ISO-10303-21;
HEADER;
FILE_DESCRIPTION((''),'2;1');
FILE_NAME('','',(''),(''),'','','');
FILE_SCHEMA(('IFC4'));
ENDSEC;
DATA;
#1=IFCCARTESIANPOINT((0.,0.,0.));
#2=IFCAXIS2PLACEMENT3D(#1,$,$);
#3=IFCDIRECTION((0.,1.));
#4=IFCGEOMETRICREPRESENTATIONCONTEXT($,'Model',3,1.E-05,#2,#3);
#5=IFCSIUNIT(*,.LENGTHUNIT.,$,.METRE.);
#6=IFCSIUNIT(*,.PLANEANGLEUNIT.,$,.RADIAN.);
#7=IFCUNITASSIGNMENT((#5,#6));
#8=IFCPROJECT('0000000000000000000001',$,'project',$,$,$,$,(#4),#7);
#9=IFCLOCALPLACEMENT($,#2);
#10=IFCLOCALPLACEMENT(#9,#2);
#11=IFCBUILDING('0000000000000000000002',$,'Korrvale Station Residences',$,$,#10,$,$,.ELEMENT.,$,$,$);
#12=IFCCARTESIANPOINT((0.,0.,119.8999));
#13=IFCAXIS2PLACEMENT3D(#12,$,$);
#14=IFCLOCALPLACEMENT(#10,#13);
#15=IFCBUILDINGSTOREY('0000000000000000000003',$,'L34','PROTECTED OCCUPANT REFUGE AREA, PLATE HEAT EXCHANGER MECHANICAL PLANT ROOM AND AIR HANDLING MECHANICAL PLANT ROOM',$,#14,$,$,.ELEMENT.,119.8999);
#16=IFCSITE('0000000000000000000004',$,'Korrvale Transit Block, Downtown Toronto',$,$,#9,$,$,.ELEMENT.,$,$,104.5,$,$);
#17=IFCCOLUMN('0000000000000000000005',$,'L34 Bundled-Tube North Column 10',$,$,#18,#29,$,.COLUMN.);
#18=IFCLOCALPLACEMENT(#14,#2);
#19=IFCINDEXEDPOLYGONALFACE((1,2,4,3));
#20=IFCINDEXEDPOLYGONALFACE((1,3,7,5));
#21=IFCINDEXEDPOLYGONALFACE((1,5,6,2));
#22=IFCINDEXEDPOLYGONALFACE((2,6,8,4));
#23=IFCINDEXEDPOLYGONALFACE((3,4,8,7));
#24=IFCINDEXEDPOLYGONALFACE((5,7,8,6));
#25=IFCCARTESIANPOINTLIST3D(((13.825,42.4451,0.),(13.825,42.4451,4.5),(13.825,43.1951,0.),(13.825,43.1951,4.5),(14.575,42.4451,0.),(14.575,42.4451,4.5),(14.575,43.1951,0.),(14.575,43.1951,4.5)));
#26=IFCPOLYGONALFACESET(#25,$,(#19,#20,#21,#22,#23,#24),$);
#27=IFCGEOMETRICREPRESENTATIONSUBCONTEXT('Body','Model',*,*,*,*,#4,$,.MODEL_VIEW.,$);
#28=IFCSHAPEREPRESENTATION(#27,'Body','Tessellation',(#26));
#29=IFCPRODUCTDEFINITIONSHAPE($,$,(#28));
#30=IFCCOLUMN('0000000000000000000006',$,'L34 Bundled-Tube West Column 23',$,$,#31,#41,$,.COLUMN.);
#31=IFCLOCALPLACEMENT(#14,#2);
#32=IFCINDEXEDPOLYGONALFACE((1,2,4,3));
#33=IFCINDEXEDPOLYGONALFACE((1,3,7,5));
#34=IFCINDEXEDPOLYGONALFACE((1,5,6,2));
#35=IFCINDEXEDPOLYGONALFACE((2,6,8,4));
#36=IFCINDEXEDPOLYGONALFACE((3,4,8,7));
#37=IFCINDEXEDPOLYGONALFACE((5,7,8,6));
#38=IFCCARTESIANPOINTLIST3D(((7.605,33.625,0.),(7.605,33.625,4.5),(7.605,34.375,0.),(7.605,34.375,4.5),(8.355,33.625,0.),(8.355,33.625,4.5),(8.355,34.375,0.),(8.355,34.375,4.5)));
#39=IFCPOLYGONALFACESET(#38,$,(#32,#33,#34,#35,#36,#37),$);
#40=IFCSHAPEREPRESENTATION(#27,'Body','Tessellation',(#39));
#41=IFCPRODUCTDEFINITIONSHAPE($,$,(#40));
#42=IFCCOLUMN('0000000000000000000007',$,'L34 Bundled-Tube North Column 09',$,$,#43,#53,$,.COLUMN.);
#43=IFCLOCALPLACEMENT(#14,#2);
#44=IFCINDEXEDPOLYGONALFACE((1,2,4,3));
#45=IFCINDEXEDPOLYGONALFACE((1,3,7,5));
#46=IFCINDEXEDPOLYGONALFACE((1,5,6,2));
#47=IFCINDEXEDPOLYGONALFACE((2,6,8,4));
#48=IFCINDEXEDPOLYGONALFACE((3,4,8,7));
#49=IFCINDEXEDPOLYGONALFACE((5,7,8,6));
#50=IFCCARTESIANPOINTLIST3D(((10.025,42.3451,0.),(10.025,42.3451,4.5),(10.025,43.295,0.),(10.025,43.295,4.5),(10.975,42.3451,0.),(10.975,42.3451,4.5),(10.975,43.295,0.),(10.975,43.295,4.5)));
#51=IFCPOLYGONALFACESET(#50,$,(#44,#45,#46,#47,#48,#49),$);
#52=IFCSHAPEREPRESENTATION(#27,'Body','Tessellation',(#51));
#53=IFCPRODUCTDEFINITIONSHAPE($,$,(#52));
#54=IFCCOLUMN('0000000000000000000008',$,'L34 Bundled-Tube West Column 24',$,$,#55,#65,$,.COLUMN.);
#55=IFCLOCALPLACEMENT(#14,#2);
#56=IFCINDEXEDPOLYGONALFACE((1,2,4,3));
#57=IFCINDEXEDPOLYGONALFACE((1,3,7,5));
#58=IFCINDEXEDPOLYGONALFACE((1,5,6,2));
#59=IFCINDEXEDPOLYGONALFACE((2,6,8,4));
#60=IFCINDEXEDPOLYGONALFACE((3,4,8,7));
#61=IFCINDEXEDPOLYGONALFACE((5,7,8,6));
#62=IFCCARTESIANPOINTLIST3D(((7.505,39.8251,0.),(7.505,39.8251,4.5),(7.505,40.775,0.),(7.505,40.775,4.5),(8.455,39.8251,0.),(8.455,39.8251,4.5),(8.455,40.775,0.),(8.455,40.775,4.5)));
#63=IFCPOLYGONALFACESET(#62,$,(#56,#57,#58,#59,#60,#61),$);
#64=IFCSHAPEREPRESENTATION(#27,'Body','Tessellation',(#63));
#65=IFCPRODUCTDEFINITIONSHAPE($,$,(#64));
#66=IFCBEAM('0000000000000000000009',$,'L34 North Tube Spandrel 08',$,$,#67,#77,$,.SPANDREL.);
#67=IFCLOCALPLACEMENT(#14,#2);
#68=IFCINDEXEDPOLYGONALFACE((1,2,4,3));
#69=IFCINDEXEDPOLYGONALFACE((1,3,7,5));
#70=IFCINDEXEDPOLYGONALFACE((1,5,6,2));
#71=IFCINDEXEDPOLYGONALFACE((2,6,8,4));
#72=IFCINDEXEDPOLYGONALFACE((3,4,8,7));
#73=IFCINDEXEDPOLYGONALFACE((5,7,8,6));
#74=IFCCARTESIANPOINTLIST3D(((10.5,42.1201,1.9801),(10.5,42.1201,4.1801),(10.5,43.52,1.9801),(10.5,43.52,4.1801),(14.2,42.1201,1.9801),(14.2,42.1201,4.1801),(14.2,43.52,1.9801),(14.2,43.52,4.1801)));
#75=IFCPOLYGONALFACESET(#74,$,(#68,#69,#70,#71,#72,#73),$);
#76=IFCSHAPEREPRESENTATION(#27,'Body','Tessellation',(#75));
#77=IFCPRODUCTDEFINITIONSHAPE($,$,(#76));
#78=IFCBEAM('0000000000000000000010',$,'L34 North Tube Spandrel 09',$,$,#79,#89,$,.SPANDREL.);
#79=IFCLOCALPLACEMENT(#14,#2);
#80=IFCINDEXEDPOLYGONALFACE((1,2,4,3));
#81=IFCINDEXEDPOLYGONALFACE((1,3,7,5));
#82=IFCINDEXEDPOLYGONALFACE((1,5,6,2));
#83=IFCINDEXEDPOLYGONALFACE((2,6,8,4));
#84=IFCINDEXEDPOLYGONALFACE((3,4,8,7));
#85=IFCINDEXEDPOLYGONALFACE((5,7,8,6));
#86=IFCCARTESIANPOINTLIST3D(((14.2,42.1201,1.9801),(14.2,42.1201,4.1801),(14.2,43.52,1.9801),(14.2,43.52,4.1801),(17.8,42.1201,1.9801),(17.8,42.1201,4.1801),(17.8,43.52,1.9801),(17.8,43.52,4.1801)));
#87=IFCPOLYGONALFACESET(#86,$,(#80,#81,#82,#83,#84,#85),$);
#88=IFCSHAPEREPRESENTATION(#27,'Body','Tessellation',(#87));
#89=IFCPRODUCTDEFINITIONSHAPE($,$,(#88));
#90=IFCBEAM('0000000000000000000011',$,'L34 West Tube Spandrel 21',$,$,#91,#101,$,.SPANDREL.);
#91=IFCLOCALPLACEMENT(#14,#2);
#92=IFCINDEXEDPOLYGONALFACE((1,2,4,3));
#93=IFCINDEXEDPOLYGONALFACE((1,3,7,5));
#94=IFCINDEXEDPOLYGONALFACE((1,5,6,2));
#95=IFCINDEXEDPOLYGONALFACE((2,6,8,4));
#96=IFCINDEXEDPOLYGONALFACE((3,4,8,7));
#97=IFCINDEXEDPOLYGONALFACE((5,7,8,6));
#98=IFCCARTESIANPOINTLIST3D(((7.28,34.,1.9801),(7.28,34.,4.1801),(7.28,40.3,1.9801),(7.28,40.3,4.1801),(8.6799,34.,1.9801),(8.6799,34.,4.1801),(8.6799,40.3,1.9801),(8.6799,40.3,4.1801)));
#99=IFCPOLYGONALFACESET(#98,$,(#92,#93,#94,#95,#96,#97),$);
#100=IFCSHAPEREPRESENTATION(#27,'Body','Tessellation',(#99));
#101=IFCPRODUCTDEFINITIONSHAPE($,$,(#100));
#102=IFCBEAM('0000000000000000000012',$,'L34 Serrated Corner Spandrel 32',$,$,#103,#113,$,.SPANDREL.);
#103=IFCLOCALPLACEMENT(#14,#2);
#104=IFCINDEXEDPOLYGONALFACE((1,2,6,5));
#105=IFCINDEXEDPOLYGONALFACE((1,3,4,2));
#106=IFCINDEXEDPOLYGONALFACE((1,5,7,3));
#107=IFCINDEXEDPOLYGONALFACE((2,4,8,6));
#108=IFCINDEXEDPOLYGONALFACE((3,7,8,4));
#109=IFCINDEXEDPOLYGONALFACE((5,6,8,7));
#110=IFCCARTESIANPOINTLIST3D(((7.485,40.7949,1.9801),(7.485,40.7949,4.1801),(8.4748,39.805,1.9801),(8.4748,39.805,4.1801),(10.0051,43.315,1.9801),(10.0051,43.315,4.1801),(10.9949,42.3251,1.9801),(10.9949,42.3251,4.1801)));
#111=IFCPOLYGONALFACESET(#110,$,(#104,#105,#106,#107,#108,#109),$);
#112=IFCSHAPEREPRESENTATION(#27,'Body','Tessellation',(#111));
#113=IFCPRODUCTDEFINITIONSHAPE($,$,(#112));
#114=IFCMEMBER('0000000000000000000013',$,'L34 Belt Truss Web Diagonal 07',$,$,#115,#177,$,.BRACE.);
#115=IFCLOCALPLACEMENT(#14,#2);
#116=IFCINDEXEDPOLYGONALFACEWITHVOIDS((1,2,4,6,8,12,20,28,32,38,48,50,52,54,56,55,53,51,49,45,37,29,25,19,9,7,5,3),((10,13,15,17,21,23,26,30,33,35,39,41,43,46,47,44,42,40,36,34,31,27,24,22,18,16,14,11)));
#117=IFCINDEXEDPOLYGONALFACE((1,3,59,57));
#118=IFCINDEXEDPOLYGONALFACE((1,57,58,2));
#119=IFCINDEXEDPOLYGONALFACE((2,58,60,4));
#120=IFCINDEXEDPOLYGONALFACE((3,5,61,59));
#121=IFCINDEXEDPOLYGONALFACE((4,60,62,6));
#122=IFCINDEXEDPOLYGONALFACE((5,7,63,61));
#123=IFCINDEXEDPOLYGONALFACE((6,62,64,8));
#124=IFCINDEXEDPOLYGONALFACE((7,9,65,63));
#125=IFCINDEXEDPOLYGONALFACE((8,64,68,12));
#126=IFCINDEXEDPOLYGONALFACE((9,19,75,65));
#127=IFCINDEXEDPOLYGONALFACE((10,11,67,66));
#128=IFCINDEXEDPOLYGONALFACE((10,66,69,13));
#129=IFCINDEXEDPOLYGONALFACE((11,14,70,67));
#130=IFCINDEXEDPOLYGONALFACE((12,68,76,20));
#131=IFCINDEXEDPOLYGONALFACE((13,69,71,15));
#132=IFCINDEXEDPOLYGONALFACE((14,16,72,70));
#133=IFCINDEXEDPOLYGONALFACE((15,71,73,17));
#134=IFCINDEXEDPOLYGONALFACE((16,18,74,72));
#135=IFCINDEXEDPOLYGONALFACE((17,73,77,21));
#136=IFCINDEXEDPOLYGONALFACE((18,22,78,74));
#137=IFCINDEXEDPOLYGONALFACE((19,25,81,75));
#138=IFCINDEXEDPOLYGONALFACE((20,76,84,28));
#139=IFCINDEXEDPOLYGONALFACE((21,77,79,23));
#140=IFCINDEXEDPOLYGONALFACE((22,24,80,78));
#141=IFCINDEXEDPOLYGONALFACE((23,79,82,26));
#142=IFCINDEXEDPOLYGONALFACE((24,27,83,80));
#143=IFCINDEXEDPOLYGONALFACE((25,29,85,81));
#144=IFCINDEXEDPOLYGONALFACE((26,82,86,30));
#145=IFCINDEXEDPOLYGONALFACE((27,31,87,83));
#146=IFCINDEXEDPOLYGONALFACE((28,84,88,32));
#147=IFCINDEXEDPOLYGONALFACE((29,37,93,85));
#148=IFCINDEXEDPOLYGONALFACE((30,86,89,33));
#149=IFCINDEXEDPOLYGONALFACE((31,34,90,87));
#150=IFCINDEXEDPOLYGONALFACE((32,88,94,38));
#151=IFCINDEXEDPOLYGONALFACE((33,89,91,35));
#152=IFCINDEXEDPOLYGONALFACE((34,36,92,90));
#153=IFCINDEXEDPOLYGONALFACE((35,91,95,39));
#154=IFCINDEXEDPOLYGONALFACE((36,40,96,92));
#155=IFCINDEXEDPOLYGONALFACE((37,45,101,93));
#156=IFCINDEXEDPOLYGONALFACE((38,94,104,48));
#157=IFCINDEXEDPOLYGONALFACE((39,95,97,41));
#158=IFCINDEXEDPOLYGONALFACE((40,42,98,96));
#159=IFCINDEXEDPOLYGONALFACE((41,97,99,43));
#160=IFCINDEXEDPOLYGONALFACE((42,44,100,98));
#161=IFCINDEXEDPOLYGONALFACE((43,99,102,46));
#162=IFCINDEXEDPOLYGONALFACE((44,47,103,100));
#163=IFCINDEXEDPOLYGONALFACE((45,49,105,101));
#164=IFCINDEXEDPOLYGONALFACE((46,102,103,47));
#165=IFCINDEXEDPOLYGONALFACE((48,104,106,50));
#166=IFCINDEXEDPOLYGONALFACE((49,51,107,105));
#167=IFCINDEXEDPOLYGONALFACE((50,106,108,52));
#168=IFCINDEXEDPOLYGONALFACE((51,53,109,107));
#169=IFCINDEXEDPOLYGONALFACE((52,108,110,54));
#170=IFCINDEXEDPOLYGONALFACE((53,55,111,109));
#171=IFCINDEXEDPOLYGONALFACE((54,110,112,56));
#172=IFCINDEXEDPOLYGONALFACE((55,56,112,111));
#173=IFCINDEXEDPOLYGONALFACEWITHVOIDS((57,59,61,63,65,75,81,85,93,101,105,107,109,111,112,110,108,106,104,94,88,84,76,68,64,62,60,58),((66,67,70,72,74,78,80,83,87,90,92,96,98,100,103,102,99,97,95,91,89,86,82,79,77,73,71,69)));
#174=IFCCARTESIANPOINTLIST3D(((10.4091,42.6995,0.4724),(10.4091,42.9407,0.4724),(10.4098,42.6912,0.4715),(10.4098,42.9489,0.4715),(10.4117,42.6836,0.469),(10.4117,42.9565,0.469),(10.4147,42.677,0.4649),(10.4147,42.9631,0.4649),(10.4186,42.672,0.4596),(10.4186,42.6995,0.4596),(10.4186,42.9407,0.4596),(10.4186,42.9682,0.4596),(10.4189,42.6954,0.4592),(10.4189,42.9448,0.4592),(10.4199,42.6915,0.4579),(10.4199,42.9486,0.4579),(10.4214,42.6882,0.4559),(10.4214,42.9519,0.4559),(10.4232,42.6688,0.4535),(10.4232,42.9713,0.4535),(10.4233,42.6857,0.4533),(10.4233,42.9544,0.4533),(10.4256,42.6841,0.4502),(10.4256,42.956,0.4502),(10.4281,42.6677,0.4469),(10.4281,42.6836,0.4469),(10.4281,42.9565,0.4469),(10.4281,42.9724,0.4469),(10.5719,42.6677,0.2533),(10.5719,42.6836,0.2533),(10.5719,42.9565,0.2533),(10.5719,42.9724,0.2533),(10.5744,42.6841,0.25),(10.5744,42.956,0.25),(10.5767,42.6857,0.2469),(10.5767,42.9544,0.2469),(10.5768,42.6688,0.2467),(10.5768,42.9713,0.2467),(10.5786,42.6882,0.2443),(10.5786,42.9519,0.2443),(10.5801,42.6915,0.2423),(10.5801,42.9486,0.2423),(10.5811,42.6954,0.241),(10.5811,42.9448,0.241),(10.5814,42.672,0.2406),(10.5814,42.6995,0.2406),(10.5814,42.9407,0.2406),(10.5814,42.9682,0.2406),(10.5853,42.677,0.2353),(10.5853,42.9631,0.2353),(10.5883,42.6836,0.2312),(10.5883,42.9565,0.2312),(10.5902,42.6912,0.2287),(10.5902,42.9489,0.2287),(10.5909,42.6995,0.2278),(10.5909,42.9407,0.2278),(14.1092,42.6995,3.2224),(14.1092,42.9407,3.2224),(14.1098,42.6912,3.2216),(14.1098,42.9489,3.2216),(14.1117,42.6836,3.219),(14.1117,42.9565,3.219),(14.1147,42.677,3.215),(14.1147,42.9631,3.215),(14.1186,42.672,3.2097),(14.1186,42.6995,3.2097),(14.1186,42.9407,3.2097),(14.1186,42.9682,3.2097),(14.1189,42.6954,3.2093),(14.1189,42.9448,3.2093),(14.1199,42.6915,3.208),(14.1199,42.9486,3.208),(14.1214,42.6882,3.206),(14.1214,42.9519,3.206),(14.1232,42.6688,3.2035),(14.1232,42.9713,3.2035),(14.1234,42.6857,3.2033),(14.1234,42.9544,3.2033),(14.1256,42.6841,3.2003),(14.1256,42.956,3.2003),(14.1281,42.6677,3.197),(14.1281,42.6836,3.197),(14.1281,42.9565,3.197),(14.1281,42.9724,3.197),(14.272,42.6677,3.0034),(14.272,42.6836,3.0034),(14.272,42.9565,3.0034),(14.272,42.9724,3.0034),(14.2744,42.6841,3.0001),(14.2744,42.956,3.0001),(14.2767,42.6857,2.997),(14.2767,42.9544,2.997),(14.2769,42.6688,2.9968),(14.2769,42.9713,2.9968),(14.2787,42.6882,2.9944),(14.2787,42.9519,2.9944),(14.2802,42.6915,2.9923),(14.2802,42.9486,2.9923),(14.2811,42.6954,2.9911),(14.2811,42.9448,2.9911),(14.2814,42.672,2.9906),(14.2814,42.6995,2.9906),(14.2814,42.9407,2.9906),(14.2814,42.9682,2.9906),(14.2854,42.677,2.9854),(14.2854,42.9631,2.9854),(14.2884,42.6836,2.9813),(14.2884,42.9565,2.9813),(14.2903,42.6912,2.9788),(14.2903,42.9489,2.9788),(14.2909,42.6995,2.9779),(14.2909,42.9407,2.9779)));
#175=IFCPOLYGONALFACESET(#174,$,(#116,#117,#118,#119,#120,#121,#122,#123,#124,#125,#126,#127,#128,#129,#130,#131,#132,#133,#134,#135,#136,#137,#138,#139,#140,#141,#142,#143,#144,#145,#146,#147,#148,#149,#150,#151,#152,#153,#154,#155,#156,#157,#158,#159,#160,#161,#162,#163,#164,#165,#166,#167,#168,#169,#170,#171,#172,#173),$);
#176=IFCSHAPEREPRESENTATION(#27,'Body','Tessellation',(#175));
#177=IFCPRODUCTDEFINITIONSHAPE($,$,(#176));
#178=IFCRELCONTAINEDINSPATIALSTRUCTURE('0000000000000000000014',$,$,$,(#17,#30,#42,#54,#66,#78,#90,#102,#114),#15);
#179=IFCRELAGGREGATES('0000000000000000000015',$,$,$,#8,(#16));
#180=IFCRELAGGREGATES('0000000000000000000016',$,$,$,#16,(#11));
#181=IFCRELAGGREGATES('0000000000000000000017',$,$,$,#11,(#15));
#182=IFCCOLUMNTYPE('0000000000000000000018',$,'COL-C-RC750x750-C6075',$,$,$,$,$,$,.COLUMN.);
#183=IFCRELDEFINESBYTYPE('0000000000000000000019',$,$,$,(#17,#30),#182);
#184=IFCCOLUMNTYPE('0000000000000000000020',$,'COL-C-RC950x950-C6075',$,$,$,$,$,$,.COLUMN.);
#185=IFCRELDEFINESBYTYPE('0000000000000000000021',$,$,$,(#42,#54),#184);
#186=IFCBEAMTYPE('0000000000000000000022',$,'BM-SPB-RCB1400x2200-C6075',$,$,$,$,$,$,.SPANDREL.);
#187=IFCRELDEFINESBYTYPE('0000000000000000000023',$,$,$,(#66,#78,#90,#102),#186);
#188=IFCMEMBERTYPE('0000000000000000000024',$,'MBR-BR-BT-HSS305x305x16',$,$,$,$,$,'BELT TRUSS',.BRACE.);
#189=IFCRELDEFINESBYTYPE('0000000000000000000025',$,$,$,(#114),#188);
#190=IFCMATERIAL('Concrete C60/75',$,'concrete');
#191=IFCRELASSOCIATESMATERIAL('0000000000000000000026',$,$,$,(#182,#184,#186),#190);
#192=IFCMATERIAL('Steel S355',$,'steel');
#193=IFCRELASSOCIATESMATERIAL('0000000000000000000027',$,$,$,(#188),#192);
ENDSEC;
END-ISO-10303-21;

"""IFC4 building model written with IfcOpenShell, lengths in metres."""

from ifc_helpers import new_model, si_unit, direction, frame, origin, origin_2d, place, context, subcontext, project, spatial, rectangle, hollow_rectangle, extrude, material, material_profile, profile_set, type_object, element, save


model = new_model("IFC4")

# Units and contexts
model_context = context("Model", 3, precision=1e-05, world=origin(), true_north=direction((0.0, 1.0)))
body_context = subcontext(model_context, "Body", "Model", "MODEL_VIEW")
ifc_project = project(units=[si_unit("LENGTHUNIT", "METRE"), si_unit("PLANEANGLEUNIT", "RADIAN")], contexts=[model_context])

# Site, building, storey
site_placement = place(None, origin())
site = spatial("IfcSite", under=ifc_project, at=site_placement, Name="Korrvale Transit Block, Downtown Toronto", CompositionType="ELEMENT", RefElevation=104.5)
building_placement = place(site_placement, origin())
building = spatial("IfcBuilding", under=site, at=building_placement, Name="Korrvale Station Residences", CompositionType="ELEMENT")
storey_placement = place(building_placement, frame((0.0, 0.0, 119.8999)))
storey = spatial("IfcBuildingStorey", under=building, at=storey_placement, Name="L34", Description="PROTECTED OCCUPANT REFUGE AREA, PLATE HEAT EXCHANGER MECHANICAL PLANT ROOM AND AIR HANDLING MECHANICAL PLANT ROOM", CompositionType="ELEMENT", Elevation=119.8999)

# Columns
ifc_material_1 = material(Name="Concrete C60/75", Category="concrete")
ifc_material_profile_1 = material_profile(ifc_material_1, rectangle(XDim=0.75, YDim=0.75, at=origin_2d()), Name="RC750x750")
ifc_profile_set_1 = profile_set([ifc_material_profile_1], Name="Concrete C60/75")
column_type_1 = type_object("IfcColumnType", Name="COL-C-RC750x750-C6075", PredefinedType="COLUMN", material=ifc_profile_set_1)
for number, where, z_axis, x_axis, name in (
    (1, (14.2, 42.8201, 0.0), (0.0, 0.0, 1.0), (1.0, 0.0, 0.0), "L34 Bundled-Tube North Column 10"),
    (2, (7.98, 34.0, 0.0), (0.0, 0.0, 1.0), (1.0, 0.0, 0.0), "L34 Bundled-Tube West Column 23"),
):
    element("IfcColumn", number, at=place(storey_placement, frame(where, z_axis=z_axis, x_axis=x_axis)), inside=storey, type_object=column_type_1, Name=name, PredefinedType="COLUMN", context=body_context, shape_type="SweptSolid", body=[
        extrude(rectangle(XDim=0.75, YDim=0.75, at=origin_2d()), origin(), (0.0, 0.0, 1.0), 4.5),
    ])
ifc_material_profile_2 = material_profile(ifc_material_1, rectangle(XDim=0.95, YDim=0.95, at=origin_2d()), Name="RC950x950")
ifc_profile_set_2 = profile_set([ifc_material_profile_2], Name="Concrete C60/75")
column_type_2 = type_object("IfcColumnType", Name="COL-C-RC950x950-C6075", PredefinedType="COLUMN", material=ifc_profile_set_2)
for number, where, z_axis, x_axis, name in (
    (3, (10.5, 42.8201, 0.0), (0.0, 0.0, 1.0), (1.0, 0.0, 0.0), "L34 Bundled-Tube North Column 09"),
    (4, (7.98, 40.3, 0.0), (0.0, 0.0, 1.0), (1.0, 0.0, 0.0), "L34 Bundled-Tube West Column 24"),
):
    element("IfcColumn", number, at=place(storey_placement, frame(where, z_axis=z_axis, x_axis=x_axis)), inside=storey, type_object=column_type_2, Name=name, PredefinedType="COLUMN", context=body_context, shape_type="SweptSolid", body=[
        extrude(rectangle(XDim=0.95, YDim=0.95, at=origin_2d()), origin(), (0.0, 0.0, 1.0), 4.5),
    ])

# Beams
ifc_material_profile_3 = material_profile(ifc_material_1, rectangle(XDim=1.3999, YDim=2.2, at=origin_2d()), Name="RCB1400x2200")
ifc_profile_set_3 = profile_set([ifc_material_profile_3], Name="Concrete C60/75")
beam_type = type_object("IfcBeamType", Name="BM-SPB-RCB1400x2200-C6075", PredefinedType="SPANDREL", material=ifc_profile_set_3)
beam_1_placement = place(storey_placement, frame((10.5, 42.8201, 3.0801), z_axis=(1.0, 0.0, 0.0), x_axis=(0.0, 1.0, 0.0)))
element("IfcBeam", 5, at=beam_1_placement, inside=storey, type_object=beam_type, Name="L34 North Tube Spandrel 08", PredefinedType="SPANDREL", context=body_context, shape_type="SweptSolid", body=[
    extrude(rectangle(XDim=1.3999, YDim=2.2, at=origin_2d()), origin(), (0.0, 0.0, 1.0), 3.7),
])
beam_2_placement = place(storey_placement, frame((14.2, 42.8201, 3.0801), z_axis=(1.0, 0.0, 0.0), x_axis=(0.0, 1.0, 0.0)))
element("IfcBeam", 6, at=beam_2_placement, inside=storey, type_object=beam_type, Name="L34 North Tube Spandrel 09", PredefinedType="SPANDREL", context=body_context, shape_type="SweptSolid", body=[
    extrude(rectangle(XDim=1.3999, YDim=2.2, at=origin_2d()), origin(), (0.0, 0.0, 1.0), 3.6001),
])
beam_3_placement = place(storey_placement, frame((7.98, 34.0, 3.0801), z_axis=(0.0, 1.0, 0.0), x_axis=(-1.0, 0.0, 0.0)))
element("IfcBeam", 7, at=beam_3_placement, inside=storey, type_object=beam_type, Name="L34 West Tube Spandrel 21", PredefinedType="SPANDREL", context=body_context, shape_type="SweptSolid", body=[
    extrude(rectangle(XDim=1.3999, YDim=2.2, at=origin_2d()), origin(), (0.0, 0.0, 1.0), 6.3),
])
beam_4_placement = place(storey_placement, frame((10.5, 42.8201, 3.0801), z_axis=(-0.707107, -0.707107, 0.0), x_axis=(0.707107, -0.707107, 0.0)))
element("IfcBeam", 8, at=beam_4_placement, inside=storey, type_object=beam_type, Name="L34 Serrated Corner Spandrel 32", PredefinedType="SPANDREL", context=body_context, shape_type="SweptSolid", body=[
    extrude(rectangle(XDim=1.3999, YDim=2.2, at=origin_2d()), origin(), (0.0, 0.0, 1.0), 3.564),
])

# Member
ifc_material_2 = material(Name="Steel S355", Category="steel")
ifc_material_profile_4 = material_profile(ifc_material_2, hollow_rectangle(XDim=0.3047, YDim=0.3047, WallThickness=0.0159, InnerFilletRadius=0.0159, OuterFilletRadius=0.0317, at=origin_2d()), Name="HSS305x305x16")
ifc_profile_set_4 = profile_set([ifc_material_profile_4], Name="Steel S355")
member_type_1 = type_object("IfcMemberType", Name="MBR-BR-BT-HSS305x305x16", ElementType="BELT TRUSS", PredefinedType="BRACE", material=ifc_profile_set_4)
member_1_placement = place(storey_placement, frame((10.5, 42.8201, 0.3501), z_axis=(0.802592, 0.0, 0.596529), x_axis=(0.0, 1.0, 0.0)))
element("IfcMember", 9, at=member_1_placement, inside=storey, type_object=member_type_1, Name="L34 Belt Truss Web Diagonal 07", PredefinedType="BRACE", context=body_context, shape_type="SweptSolid", body=[
    extrude(hollow_rectangle(XDim=0.3047, YDim=0.3047, WallThickness=0.0159, InnerFilletRadius=0.0159, OuterFilletRadius=0.0317, at=origin_2d()), origin(), (0.0, 0.0, 1.0), 4.6101),
])

save(model, "model.ifc")
